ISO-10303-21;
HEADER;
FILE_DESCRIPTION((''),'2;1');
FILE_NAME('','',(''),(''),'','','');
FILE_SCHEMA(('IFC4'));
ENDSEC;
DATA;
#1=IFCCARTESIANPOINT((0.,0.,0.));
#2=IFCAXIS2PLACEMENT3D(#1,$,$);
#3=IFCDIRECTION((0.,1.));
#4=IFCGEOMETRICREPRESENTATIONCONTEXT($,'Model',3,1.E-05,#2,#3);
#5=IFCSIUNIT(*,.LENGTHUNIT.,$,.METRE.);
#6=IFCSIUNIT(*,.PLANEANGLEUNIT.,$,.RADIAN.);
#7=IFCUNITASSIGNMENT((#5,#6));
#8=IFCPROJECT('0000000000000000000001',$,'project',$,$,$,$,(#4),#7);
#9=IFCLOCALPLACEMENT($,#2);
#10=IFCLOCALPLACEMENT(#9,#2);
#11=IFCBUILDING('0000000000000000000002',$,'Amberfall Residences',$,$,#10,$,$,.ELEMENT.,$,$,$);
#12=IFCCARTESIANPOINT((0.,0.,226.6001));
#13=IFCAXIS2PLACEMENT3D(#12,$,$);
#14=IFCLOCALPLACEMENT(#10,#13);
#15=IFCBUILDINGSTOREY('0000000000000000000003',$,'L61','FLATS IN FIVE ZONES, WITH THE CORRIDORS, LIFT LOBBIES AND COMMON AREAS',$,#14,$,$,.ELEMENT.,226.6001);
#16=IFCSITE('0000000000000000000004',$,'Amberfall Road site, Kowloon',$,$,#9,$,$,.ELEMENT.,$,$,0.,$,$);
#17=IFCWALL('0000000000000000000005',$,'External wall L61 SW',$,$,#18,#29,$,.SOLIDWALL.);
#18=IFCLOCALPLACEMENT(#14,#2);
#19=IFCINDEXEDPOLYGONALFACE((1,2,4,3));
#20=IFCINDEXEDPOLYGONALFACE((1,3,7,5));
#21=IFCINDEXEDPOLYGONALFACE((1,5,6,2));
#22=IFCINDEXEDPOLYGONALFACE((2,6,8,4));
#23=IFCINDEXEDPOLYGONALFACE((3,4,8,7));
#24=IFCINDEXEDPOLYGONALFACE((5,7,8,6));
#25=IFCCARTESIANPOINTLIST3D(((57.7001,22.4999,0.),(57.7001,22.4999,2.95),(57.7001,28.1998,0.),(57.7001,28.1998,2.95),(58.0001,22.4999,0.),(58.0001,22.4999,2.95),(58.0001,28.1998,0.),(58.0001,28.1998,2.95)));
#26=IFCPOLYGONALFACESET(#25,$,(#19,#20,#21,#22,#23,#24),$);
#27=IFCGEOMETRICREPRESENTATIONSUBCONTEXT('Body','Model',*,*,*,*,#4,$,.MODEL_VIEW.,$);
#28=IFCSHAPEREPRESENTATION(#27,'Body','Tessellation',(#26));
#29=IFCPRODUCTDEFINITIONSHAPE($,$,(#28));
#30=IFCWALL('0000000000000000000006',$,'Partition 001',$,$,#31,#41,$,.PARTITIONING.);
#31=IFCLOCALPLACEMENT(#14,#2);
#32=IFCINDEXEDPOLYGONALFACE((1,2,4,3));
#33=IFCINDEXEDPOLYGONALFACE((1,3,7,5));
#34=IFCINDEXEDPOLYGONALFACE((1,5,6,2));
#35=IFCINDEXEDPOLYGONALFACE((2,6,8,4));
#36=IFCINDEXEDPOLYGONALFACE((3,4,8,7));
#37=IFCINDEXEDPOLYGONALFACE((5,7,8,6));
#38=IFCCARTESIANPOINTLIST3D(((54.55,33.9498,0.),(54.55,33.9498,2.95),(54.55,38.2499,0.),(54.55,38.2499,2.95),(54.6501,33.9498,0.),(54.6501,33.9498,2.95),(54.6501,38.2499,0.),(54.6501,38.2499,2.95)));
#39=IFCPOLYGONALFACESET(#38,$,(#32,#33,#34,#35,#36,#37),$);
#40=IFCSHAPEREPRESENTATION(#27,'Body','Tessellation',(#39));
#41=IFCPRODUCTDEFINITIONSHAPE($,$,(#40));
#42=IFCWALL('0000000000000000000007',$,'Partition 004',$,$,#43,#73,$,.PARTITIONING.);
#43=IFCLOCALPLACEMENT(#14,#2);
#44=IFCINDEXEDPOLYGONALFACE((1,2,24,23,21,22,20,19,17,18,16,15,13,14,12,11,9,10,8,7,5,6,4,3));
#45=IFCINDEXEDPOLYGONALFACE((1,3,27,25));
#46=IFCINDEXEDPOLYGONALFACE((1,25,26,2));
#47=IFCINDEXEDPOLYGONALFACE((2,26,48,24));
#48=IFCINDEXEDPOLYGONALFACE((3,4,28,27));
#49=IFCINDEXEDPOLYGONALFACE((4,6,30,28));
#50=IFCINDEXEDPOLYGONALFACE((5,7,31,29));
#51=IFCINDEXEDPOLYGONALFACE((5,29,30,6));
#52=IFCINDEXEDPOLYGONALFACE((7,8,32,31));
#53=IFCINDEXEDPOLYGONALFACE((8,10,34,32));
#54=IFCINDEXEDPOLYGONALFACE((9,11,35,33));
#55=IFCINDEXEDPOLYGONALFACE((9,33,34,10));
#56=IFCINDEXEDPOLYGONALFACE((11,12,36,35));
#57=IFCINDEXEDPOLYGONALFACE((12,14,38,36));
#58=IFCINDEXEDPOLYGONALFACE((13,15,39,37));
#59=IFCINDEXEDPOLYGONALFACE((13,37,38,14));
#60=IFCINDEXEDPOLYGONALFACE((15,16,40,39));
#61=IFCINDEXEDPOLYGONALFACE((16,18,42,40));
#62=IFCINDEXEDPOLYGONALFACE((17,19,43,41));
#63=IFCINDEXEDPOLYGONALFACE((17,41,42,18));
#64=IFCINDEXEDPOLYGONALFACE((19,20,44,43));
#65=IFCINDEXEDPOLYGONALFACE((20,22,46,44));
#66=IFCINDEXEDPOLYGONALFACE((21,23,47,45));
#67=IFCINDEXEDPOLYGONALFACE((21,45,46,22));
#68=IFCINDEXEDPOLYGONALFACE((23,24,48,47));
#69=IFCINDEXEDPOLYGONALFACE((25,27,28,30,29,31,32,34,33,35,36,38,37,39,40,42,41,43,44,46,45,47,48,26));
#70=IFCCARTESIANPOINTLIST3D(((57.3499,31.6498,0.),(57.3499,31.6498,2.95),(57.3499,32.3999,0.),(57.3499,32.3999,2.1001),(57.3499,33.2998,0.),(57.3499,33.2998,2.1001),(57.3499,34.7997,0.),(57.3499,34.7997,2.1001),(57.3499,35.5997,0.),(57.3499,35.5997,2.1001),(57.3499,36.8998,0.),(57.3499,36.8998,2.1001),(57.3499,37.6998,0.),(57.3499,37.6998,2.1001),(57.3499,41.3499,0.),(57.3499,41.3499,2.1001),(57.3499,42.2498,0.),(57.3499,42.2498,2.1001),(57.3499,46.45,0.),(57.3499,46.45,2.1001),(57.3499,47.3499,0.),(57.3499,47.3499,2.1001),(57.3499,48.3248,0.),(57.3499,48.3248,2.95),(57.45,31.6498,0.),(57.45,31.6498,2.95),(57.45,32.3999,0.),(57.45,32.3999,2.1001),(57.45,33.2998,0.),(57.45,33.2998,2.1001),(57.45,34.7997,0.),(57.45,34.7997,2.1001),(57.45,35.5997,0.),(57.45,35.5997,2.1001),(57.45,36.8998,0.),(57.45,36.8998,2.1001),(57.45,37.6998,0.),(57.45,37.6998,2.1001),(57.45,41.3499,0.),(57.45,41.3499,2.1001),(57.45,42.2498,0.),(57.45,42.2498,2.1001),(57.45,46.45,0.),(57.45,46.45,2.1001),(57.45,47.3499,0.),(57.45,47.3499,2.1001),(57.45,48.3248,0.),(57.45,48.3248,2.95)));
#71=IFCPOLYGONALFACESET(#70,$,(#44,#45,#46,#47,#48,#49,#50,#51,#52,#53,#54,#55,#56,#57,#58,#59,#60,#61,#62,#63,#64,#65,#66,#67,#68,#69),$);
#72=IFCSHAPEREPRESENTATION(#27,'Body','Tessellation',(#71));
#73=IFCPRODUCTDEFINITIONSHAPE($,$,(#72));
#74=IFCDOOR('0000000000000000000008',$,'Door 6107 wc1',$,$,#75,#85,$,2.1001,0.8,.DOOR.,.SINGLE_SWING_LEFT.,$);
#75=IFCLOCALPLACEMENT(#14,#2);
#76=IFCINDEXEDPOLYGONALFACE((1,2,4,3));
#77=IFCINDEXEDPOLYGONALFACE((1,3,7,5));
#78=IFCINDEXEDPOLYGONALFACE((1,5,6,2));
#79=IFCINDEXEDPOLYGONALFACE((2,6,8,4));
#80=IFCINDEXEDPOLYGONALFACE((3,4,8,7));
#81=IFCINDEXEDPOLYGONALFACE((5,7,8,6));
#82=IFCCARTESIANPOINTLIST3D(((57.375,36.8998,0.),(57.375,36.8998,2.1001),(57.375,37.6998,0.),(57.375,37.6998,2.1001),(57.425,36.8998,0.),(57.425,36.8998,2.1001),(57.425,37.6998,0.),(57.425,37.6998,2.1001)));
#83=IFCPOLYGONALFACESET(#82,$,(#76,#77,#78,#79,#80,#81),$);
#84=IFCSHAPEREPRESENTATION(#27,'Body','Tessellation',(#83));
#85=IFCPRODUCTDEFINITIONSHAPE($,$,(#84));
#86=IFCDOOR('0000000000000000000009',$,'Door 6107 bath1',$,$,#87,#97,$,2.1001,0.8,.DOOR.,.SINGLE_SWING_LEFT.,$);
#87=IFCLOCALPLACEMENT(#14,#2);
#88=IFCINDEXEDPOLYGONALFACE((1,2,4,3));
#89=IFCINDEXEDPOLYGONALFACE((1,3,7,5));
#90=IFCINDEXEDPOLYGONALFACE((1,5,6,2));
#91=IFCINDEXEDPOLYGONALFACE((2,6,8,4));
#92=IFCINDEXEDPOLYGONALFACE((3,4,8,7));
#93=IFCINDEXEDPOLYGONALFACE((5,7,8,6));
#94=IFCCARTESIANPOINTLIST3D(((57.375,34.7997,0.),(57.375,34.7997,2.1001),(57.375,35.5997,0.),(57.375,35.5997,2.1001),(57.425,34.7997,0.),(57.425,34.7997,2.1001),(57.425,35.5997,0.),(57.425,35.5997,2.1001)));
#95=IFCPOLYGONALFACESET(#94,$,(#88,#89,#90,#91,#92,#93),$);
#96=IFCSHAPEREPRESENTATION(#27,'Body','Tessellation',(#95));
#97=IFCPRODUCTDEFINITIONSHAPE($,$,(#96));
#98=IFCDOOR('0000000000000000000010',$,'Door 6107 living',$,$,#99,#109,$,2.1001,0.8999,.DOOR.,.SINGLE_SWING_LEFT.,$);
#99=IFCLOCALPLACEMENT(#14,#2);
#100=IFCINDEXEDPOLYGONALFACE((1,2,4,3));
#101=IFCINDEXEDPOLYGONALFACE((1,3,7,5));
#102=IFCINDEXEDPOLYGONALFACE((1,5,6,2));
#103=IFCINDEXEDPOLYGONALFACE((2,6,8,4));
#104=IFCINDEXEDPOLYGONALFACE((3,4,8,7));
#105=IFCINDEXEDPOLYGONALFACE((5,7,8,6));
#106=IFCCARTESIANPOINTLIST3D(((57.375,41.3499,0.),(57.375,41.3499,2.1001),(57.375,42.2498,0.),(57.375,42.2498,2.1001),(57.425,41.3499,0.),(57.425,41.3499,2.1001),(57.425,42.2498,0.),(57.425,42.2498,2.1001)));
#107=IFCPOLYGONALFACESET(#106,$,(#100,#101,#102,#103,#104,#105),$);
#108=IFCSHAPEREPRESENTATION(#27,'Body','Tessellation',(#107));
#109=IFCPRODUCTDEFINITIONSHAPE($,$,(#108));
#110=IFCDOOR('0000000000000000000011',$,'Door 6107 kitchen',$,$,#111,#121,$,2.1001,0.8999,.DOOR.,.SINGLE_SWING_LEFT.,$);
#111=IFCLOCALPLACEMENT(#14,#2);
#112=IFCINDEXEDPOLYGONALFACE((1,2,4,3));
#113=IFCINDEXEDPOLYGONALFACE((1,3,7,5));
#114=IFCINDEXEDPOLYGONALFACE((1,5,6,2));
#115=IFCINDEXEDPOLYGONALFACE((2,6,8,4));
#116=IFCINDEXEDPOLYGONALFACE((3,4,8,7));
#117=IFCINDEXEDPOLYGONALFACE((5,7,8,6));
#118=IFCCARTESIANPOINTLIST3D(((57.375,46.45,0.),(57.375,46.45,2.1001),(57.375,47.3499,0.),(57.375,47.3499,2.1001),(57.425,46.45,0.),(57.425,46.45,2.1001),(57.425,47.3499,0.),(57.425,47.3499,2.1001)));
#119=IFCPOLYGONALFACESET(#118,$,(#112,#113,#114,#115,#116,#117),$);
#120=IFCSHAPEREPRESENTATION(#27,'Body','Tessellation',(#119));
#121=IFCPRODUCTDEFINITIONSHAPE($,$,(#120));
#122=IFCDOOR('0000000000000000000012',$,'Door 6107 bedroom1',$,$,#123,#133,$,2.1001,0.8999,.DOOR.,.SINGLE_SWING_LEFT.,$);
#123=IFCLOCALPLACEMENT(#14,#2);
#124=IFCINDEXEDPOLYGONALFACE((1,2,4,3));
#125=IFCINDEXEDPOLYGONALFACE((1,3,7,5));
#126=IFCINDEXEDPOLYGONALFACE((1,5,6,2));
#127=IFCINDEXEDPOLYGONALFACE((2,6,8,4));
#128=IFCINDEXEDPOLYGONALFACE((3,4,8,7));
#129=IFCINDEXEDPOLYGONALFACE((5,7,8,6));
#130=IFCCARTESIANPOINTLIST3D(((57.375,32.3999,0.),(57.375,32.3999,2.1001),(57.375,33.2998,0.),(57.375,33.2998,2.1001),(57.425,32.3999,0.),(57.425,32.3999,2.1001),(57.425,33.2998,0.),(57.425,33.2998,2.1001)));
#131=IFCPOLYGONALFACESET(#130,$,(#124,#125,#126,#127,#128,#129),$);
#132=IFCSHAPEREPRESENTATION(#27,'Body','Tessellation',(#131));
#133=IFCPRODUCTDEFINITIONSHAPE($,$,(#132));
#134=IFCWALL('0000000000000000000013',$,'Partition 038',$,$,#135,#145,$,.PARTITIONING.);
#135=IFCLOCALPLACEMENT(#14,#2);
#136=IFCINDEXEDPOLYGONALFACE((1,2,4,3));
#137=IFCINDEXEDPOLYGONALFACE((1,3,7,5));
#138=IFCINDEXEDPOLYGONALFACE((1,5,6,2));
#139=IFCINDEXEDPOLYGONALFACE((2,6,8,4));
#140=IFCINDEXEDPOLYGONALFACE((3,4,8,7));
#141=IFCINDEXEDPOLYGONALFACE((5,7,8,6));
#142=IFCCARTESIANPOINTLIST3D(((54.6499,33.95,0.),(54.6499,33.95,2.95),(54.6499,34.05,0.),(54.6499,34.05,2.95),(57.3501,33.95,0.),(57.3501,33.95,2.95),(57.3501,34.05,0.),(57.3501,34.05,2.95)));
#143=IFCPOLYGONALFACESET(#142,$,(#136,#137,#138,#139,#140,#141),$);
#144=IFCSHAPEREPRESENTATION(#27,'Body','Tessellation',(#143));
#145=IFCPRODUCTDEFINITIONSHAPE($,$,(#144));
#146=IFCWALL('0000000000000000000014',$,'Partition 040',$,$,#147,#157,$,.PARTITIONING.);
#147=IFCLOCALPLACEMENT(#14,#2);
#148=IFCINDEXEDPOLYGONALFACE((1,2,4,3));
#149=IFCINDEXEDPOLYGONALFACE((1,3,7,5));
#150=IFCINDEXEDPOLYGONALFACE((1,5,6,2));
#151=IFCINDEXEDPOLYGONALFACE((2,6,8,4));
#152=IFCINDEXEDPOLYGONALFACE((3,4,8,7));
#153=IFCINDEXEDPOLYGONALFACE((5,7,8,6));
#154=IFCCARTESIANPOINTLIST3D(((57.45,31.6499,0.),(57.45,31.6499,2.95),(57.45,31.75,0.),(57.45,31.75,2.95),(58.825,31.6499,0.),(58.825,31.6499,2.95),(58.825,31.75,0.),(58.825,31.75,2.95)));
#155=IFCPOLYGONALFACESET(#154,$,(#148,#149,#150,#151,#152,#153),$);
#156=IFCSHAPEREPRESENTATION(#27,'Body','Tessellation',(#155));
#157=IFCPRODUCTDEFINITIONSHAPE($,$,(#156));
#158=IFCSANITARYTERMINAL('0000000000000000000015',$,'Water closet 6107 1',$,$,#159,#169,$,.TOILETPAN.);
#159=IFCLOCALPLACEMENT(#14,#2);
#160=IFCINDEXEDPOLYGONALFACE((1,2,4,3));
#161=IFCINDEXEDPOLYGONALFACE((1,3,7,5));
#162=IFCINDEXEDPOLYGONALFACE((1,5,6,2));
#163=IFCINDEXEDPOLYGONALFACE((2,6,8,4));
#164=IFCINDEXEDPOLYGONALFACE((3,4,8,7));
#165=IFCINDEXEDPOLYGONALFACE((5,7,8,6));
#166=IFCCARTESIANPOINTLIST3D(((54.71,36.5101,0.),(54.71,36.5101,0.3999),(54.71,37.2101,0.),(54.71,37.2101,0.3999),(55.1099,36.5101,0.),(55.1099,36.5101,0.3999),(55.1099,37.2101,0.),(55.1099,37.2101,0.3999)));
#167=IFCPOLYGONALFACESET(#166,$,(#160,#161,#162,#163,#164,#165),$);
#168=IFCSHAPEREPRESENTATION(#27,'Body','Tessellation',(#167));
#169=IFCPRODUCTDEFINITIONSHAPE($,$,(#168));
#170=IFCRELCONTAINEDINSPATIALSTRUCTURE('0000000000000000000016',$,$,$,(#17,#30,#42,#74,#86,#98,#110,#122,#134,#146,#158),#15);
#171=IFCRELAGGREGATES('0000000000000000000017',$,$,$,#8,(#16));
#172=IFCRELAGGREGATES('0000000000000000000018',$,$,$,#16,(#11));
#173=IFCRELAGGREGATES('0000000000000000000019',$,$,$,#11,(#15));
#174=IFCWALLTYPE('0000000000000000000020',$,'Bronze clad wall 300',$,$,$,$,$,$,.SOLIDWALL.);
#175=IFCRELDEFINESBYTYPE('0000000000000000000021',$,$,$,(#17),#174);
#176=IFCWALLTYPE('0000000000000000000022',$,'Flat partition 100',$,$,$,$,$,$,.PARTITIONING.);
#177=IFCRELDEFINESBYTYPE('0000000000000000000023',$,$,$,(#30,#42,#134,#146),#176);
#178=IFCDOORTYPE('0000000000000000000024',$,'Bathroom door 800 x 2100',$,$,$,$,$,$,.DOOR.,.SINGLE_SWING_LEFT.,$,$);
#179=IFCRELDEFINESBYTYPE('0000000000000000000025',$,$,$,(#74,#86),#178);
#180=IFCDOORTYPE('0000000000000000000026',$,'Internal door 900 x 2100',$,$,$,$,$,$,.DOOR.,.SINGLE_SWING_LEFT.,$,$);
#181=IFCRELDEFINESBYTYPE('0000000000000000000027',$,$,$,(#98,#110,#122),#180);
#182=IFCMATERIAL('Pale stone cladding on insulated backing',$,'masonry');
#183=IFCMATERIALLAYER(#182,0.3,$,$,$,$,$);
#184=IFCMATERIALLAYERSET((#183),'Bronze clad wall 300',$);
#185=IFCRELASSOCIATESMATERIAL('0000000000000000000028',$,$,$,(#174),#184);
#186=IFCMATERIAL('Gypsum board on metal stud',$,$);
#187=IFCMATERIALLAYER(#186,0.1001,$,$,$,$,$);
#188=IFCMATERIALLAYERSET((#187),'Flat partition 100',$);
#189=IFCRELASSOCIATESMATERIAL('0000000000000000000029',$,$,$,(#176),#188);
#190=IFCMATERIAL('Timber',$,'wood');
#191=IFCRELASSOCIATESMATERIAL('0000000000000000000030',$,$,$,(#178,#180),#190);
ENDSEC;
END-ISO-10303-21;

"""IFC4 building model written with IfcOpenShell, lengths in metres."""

from ifc_helpers import new_model, si_unit, direction, frame, frame_2d, origin, origin_2d, place, context, subcontext, project, spatial, rectangle, extrude, material, layer, layer_set, type_object, element, fill, save


model = new_model("IFC4")

# Units and contexts
model_context = context("Model", 3, precision=1e-05, world=origin(), true_north=direction((0.0, 1.0)))
body_context = subcontext(model_context, "Body", "Model", "MODEL_VIEW")
ifc_project = project(units=[si_unit("LENGTHUNIT", "METRE"), si_unit("PLANEANGLEUNIT", "RADIAN")], contexts=[model_context])

# Site, building, storey
site_placement = place(None, origin())
site = spatial("IfcSite", under=ifc_project, at=site_placement, Name="Amberfall Road site, Kowloon", CompositionType="ELEMENT", RefElevation=0.0)
building_placement = place(site_placement, origin())
building = spatial("IfcBuilding", under=site, at=building_placement, Name="Amberfall Residences", CompositionType="ELEMENT")
storey_placement = place(building_placement, frame((0.0, 0.0, 226.6001)))
storey = spatial("IfcBuildingStorey", under=building, at=storey_placement, Name="L61", Description="FLATS IN FIVE ZONES, WITH THE CORRIDORS, LIFT LOBBIES AND COMMON AREAS", CompositionType="ELEMENT", Elevation=226.6001)

# Walls
ifc_material_1 = material(Name="Pale stone cladding on insulated backing", Category="masonry")
ifc_layer_1 = layer(ifc_material_1, 0.3)
ifc_layer_set_1 = layer_set([ifc_layer_1], Name="Bronze clad wall 300")
wall_type_1 = type_object("IfcWallType", Name="Bronze clad wall 300", PredefinedType="SOLIDWALL", material=ifc_layer_set_1)
wall_1_placement = place(storey_placement, frame((57.8501, 28.2, 0.0), z_axis=(0.0, 0.0, 1.0), x_axis=(0.0, -1.0, 0.0)))
element("IfcWall", 1, at=wall_1_placement, inside=storey, type_object=wall_type_1, Name="External wall L61 SW", PredefinedType="SOLIDWALL", context=body_context, shape_type="SweptSolid", body=[
    extrude(rectangle(XDim=5.7, YDim=0.3, at=frame_2d((2.8501, 0.0))), origin(), (0.0, 0.0, 1.0), 2.95),
])
ifc_material_2 = material(Name="Gypsum board on metal stud")
ifc_layer_2 = layer(ifc_material_2, 0.1001)
ifc_layer_set_2 = layer_set([ifc_layer_2], Name="Flat partition 100")
wall_type_2 = type_object("IfcWallType", Name="Flat partition 100", PredefinedType="PARTITIONING", material=ifc_layer_set_2)
wall_2_placement = place(storey_placement, frame((54.6001, 33.95, 0.0), z_axis=(0.0, 0.0, 1.0), x_axis=(0.0, 1.0, 0.0)))
element("IfcWall", 2, at=wall_2_placement, inside=storey, type_object=wall_type_2, Name="Partition 001", PredefinedType="PARTITIONING", context=body_context, shape_type="SweptSolid", body=[
    extrude(rectangle(XDim=4.3, YDim=0.1001, at=frame_2d((2.1499, 0.0))), origin(), (0.0, 0.0, 1.0), 2.95),
])

# Wall, openings, doors
wall_3_placement = place(storey_placement, frame((57.3999, 31.6499, 0.0), z_axis=(0.0, 0.0, 1.0), x_axis=(0.0, 1.0, 0.0)))
wall_3 = element("IfcWall", 3, at=wall_3_placement, inside=storey, type_object=wall_type_2, Name="Partition 004", PredefinedType="PARTITIONING", context=body_context, shape_type="SweptSolid", body=[
    extrude(rectangle(XDim=16.675, YDim=0.1001, at=frame_2d((8.3374, 0.0))), origin(), (0.0, 0.0, 1.0), 2.95),
])
opening_1_placement = place(wall_3_placement, frame((9.7, 0.0, 0.0)))
opening_1 = element("IfcOpeningElement", 4, at=opening_1_placement, cuts=wall_3, PredefinedType="OPENING", context=body_context, shape_type="SweptSolid", body=[
    extrude(rectangle(XDim=0.8999, YDim=2.1001, at=frame_2d((0.45, 1.05))), frame((0.0, 0.0601, 0.0), z_axis=(0.0, -1.0, 0.0), x_axis=(1.0, 0.0, 0.0)), (0.0, 0.0, 1.0), 0.1201),
])
opening_2_placement = place(wall_3_placement, frame((14.8, 0.0, 0.0)))
opening_2 = element("IfcOpeningElement", 5, at=opening_2_placement, cuts=wall_3, PredefinedType="OPENING", context=body_context, shape_type="SweptSolid", body=[
    extrude(rectangle(XDim=0.8999, YDim=2.1001, at=frame_2d((0.45, 1.05))), frame((0.0, 0.0601, 0.0), z_axis=(0.0, -1.0, 0.0), x_axis=(1.0, 0.0, 0.0)), (0.0, 0.0, 1.0), 0.1201),
])
opening_3_placement = place(wall_3_placement, frame((5.25, 0.0, 0.0)))
opening_3 = element("IfcOpeningElement", 6, at=opening_3_placement, cuts=wall_3, PredefinedType="OPENING", context=body_context, shape_type="SweptSolid", body=[
    extrude(rectangle(XDim=0.8, YDim=2.1001, at=frame_2d((0.3999, 1.05))), frame((0.0, 0.0601, 0.0), z_axis=(0.0, -1.0, 0.0), x_axis=(1.0, 0.0, 0.0)), (0.0, 0.0, 1.0), 0.1201),
])
opening_4_placement = place(wall_3_placement, frame((0.75, 0.0, 0.0)))
opening_4 = element("IfcOpeningElement", 7, at=opening_4_placement, cuts=wall_3, PredefinedType="OPENING", context=body_context, shape_type="SweptSolid", body=[
    extrude(rectangle(XDim=0.8999, YDim=2.1001, at=frame_2d((0.45, 1.05))), frame((0.0, 0.0601, 0.0), z_axis=(0.0, -1.0, 0.0), x_axis=(1.0, 0.0, 0.0)), (0.0, 0.0, 1.0), 0.1201),
])
opening_5_placement = place(wall_3_placement, frame((3.1499, 0.0, 0.0)))
opening_5 = element("IfcOpeningElement", 8, at=opening_5_placement, cuts=wall_3, PredefinedType="OPENING", context=body_context, shape_type="SweptSolid", body=[
    extrude(rectangle(XDim=0.8, YDim=2.1001, at=frame_2d((0.3999, 1.05))), frame((0.0, 0.0601, 0.0), z_axis=(0.0, -1.0, 0.0), x_axis=(1.0, 0.0, 0.0)), (0.0, 0.0, 1.0), 0.1201),
])
ifc_material_3 = material(Name="Timber", Category="wood")
door_type_1 = type_object("IfcDoorType", Name="Bathroom door 800 x 2100", OperationType="SINGLE_SWING_LEFT", PredefinedType="DOOR", material=ifc_material_3)
door_1_placement = place(opening_3_placement, origin())
door_1 = element("IfcDoor", 9, at=door_1_placement, inside=storey, type_object=door_type_1, Name="Door 6107 wc1", OperationType="SINGLE_SWING_LEFT", OverallHeight=2.1001, OverallWidth=0.8, PredefinedType="DOOR", context=body_context, shape_type="SweptSolid", body=[
    extrude(rectangle(XDim=0.8, YDim=2.1001, at=frame_2d((0.3999, 1.05))), frame((0.0, 0.0249, 0.0), z_axis=(0.0, -1.0, 0.0), x_axis=(1.0, 0.0, 0.0)), (0.0, 0.0, 1.0), 0.05),
])
fill(opening_3, door_1)
door_2_placement = place(opening_5_placement, origin())
door_2 = element("IfcDoor", 10, at=door_2_placement, inside=storey, type_object=door_type_1, Name="Door 6107 bath1", OperationType="SINGLE_SWING_LEFT", OverallHeight=2.1001, OverallWidth=0.8, PredefinedType="DOOR", context=body_context, shape_type="SweptSolid", body=[
    extrude(rectangle(XDim=0.8, YDim=2.1001, at=frame_2d((0.3999, 1.05))), frame((0.0, 0.0249, 0.0), z_axis=(0.0, -1.0, 0.0), x_axis=(1.0, 0.0, 0.0)), (0.0, 0.0, 1.0), 0.05),
])
fill(opening_5, door_2)
door_type_2 = type_object("IfcDoorType", Name="Internal door 900 x 2100", OperationType="SINGLE_SWING_LEFT", PredefinedType="DOOR", material=ifc_material_3)
door_3_placement = place(opening_1_placement, origin())
door_3 = element("IfcDoor", 11, at=door_3_placement, inside=storey, type_object=door_type_2, Name="Door 6107 living", OperationType="SINGLE_SWING_LEFT", OverallHeight=2.1001, OverallWidth=0.8999, PredefinedType="DOOR", context=body_context, shape_type="SweptSolid", body=[
    extrude(rectangle(XDim=0.8999, YDim=2.1001, at=frame_2d((0.45, 1.05))), frame((0.0, 0.0249, 0.0), z_axis=(0.0, -1.0, 0.0), x_axis=(1.0, 0.0, 0.0)), (0.0, 0.0, 1.0), 0.05),
])
fill(opening_1, door_3)
door_4_placement = place(opening_2_placement, origin())
door_4 = element("IfcDoor", 12, at=door_4_placement, inside=storey, type_object=door_type_2, Name="Door 6107 kitchen", OperationType="SINGLE_SWING_LEFT", OverallHeight=2.1001, OverallWidth=0.8999, PredefinedType="DOOR", context=body_context, shape_type="SweptSolid", body=[
    extrude(rectangle(XDim=0.8999, YDim=2.1001, at=frame_2d((0.45, 1.05))), frame((0.0, 0.0249, 0.0), z_axis=(0.0, -1.0, 0.0), x_axis=(1.0, 0.0, 0.0)), (0.0, 0.0, 1.0), 0.05),
])
fill(opening_2, door_4)
door_5_placement = place(opening_4_placement, origin())
door_5 = element("IfcDoor", 13, at=door_5_placement, inside=storey, type_object=door_type_2, Name="Door 6107 bedroom1", OperationType="SINGLE_SWING_LEFT", OverallHeight=2.1001, OverallWidth=0.8999, PredefinedType="DOOR", context=body_context, shape_type="SweptSolid", body=[
    extrude(rectangle(XDim=0.8999, YDim=2.1001, at=frame_2d((0.45, 1.05))), frame((0.0, 0.0249, 0.0), z_axis=(0.0, -1.0, 0.0), x_axis=(1.0, 0.0, 0.0)), (0.0, 0.0, 1.0), 0.05),
])
fill(opening_4, door_5)

# Walls
wall_4_placement = place(storey_placement, frame((54.6499, 34.0, 0.0), z_axis=(0.0, 0.0, 1.0), x_axis=(1.0, 0.0, 0.0)))
element("IfcWall", 14, at=wall_4_placement, inside=storey, type_object=wall_type_2, Name="Partition 038", PredefinedType="PARTITIONING", context=body_context, shape_type="SweptSolid", body=[
    extrude(rectangle(XDim=2.7002, YDim=0.1001, at=frame_2d((1.3501, 0.0))), origin(), (0.0, 0.0, 1.0), 2.95),
])
wall_5_placement = place(storey_placement, frame((57.45, 31.7, 0.0), z_axis=(0.0, 0.0, 1.0), x_axis=(1.0, 0.0, 0.0)))
element("IfcWall", 15, at=wall_5_placement, inside=storey, type_object=wall_type_2, Name="Partition 040", PredefinedType="PARTITIONING", context=body_context, shape_type="SweptSolid", body=[
    extrude(rectangle(XDim=1.375, YDim=0.1001, at=frame_2d((0.6875, 0.0))), origin(), (0.0, 0.0, 1.0), 2.95),
])

# Sanitary terminal
sanitary_terminal_1_placement = place(storey_placement, frame((54.9099, 36.8601, 0.0), z_axis=(0.0, 0.0, 1.0), x_axis=(1.0, 0.0, 0.0)))
element("IfcSanitaryTerminal", 16, at=sanitary_terminal_1_placement, inside=storey, Name="Water closet 6107 1", PredefinedType="TOILETPAN", context=body_context, shape_type="SweptSolid", body=[
    extrude(rectangle(XDim=0.3999, YDim=0.7, at=origin_2d()), origin(), (0.0, 0.0, 1.0), 0.3999),
])

save(model, "model.ifc")
